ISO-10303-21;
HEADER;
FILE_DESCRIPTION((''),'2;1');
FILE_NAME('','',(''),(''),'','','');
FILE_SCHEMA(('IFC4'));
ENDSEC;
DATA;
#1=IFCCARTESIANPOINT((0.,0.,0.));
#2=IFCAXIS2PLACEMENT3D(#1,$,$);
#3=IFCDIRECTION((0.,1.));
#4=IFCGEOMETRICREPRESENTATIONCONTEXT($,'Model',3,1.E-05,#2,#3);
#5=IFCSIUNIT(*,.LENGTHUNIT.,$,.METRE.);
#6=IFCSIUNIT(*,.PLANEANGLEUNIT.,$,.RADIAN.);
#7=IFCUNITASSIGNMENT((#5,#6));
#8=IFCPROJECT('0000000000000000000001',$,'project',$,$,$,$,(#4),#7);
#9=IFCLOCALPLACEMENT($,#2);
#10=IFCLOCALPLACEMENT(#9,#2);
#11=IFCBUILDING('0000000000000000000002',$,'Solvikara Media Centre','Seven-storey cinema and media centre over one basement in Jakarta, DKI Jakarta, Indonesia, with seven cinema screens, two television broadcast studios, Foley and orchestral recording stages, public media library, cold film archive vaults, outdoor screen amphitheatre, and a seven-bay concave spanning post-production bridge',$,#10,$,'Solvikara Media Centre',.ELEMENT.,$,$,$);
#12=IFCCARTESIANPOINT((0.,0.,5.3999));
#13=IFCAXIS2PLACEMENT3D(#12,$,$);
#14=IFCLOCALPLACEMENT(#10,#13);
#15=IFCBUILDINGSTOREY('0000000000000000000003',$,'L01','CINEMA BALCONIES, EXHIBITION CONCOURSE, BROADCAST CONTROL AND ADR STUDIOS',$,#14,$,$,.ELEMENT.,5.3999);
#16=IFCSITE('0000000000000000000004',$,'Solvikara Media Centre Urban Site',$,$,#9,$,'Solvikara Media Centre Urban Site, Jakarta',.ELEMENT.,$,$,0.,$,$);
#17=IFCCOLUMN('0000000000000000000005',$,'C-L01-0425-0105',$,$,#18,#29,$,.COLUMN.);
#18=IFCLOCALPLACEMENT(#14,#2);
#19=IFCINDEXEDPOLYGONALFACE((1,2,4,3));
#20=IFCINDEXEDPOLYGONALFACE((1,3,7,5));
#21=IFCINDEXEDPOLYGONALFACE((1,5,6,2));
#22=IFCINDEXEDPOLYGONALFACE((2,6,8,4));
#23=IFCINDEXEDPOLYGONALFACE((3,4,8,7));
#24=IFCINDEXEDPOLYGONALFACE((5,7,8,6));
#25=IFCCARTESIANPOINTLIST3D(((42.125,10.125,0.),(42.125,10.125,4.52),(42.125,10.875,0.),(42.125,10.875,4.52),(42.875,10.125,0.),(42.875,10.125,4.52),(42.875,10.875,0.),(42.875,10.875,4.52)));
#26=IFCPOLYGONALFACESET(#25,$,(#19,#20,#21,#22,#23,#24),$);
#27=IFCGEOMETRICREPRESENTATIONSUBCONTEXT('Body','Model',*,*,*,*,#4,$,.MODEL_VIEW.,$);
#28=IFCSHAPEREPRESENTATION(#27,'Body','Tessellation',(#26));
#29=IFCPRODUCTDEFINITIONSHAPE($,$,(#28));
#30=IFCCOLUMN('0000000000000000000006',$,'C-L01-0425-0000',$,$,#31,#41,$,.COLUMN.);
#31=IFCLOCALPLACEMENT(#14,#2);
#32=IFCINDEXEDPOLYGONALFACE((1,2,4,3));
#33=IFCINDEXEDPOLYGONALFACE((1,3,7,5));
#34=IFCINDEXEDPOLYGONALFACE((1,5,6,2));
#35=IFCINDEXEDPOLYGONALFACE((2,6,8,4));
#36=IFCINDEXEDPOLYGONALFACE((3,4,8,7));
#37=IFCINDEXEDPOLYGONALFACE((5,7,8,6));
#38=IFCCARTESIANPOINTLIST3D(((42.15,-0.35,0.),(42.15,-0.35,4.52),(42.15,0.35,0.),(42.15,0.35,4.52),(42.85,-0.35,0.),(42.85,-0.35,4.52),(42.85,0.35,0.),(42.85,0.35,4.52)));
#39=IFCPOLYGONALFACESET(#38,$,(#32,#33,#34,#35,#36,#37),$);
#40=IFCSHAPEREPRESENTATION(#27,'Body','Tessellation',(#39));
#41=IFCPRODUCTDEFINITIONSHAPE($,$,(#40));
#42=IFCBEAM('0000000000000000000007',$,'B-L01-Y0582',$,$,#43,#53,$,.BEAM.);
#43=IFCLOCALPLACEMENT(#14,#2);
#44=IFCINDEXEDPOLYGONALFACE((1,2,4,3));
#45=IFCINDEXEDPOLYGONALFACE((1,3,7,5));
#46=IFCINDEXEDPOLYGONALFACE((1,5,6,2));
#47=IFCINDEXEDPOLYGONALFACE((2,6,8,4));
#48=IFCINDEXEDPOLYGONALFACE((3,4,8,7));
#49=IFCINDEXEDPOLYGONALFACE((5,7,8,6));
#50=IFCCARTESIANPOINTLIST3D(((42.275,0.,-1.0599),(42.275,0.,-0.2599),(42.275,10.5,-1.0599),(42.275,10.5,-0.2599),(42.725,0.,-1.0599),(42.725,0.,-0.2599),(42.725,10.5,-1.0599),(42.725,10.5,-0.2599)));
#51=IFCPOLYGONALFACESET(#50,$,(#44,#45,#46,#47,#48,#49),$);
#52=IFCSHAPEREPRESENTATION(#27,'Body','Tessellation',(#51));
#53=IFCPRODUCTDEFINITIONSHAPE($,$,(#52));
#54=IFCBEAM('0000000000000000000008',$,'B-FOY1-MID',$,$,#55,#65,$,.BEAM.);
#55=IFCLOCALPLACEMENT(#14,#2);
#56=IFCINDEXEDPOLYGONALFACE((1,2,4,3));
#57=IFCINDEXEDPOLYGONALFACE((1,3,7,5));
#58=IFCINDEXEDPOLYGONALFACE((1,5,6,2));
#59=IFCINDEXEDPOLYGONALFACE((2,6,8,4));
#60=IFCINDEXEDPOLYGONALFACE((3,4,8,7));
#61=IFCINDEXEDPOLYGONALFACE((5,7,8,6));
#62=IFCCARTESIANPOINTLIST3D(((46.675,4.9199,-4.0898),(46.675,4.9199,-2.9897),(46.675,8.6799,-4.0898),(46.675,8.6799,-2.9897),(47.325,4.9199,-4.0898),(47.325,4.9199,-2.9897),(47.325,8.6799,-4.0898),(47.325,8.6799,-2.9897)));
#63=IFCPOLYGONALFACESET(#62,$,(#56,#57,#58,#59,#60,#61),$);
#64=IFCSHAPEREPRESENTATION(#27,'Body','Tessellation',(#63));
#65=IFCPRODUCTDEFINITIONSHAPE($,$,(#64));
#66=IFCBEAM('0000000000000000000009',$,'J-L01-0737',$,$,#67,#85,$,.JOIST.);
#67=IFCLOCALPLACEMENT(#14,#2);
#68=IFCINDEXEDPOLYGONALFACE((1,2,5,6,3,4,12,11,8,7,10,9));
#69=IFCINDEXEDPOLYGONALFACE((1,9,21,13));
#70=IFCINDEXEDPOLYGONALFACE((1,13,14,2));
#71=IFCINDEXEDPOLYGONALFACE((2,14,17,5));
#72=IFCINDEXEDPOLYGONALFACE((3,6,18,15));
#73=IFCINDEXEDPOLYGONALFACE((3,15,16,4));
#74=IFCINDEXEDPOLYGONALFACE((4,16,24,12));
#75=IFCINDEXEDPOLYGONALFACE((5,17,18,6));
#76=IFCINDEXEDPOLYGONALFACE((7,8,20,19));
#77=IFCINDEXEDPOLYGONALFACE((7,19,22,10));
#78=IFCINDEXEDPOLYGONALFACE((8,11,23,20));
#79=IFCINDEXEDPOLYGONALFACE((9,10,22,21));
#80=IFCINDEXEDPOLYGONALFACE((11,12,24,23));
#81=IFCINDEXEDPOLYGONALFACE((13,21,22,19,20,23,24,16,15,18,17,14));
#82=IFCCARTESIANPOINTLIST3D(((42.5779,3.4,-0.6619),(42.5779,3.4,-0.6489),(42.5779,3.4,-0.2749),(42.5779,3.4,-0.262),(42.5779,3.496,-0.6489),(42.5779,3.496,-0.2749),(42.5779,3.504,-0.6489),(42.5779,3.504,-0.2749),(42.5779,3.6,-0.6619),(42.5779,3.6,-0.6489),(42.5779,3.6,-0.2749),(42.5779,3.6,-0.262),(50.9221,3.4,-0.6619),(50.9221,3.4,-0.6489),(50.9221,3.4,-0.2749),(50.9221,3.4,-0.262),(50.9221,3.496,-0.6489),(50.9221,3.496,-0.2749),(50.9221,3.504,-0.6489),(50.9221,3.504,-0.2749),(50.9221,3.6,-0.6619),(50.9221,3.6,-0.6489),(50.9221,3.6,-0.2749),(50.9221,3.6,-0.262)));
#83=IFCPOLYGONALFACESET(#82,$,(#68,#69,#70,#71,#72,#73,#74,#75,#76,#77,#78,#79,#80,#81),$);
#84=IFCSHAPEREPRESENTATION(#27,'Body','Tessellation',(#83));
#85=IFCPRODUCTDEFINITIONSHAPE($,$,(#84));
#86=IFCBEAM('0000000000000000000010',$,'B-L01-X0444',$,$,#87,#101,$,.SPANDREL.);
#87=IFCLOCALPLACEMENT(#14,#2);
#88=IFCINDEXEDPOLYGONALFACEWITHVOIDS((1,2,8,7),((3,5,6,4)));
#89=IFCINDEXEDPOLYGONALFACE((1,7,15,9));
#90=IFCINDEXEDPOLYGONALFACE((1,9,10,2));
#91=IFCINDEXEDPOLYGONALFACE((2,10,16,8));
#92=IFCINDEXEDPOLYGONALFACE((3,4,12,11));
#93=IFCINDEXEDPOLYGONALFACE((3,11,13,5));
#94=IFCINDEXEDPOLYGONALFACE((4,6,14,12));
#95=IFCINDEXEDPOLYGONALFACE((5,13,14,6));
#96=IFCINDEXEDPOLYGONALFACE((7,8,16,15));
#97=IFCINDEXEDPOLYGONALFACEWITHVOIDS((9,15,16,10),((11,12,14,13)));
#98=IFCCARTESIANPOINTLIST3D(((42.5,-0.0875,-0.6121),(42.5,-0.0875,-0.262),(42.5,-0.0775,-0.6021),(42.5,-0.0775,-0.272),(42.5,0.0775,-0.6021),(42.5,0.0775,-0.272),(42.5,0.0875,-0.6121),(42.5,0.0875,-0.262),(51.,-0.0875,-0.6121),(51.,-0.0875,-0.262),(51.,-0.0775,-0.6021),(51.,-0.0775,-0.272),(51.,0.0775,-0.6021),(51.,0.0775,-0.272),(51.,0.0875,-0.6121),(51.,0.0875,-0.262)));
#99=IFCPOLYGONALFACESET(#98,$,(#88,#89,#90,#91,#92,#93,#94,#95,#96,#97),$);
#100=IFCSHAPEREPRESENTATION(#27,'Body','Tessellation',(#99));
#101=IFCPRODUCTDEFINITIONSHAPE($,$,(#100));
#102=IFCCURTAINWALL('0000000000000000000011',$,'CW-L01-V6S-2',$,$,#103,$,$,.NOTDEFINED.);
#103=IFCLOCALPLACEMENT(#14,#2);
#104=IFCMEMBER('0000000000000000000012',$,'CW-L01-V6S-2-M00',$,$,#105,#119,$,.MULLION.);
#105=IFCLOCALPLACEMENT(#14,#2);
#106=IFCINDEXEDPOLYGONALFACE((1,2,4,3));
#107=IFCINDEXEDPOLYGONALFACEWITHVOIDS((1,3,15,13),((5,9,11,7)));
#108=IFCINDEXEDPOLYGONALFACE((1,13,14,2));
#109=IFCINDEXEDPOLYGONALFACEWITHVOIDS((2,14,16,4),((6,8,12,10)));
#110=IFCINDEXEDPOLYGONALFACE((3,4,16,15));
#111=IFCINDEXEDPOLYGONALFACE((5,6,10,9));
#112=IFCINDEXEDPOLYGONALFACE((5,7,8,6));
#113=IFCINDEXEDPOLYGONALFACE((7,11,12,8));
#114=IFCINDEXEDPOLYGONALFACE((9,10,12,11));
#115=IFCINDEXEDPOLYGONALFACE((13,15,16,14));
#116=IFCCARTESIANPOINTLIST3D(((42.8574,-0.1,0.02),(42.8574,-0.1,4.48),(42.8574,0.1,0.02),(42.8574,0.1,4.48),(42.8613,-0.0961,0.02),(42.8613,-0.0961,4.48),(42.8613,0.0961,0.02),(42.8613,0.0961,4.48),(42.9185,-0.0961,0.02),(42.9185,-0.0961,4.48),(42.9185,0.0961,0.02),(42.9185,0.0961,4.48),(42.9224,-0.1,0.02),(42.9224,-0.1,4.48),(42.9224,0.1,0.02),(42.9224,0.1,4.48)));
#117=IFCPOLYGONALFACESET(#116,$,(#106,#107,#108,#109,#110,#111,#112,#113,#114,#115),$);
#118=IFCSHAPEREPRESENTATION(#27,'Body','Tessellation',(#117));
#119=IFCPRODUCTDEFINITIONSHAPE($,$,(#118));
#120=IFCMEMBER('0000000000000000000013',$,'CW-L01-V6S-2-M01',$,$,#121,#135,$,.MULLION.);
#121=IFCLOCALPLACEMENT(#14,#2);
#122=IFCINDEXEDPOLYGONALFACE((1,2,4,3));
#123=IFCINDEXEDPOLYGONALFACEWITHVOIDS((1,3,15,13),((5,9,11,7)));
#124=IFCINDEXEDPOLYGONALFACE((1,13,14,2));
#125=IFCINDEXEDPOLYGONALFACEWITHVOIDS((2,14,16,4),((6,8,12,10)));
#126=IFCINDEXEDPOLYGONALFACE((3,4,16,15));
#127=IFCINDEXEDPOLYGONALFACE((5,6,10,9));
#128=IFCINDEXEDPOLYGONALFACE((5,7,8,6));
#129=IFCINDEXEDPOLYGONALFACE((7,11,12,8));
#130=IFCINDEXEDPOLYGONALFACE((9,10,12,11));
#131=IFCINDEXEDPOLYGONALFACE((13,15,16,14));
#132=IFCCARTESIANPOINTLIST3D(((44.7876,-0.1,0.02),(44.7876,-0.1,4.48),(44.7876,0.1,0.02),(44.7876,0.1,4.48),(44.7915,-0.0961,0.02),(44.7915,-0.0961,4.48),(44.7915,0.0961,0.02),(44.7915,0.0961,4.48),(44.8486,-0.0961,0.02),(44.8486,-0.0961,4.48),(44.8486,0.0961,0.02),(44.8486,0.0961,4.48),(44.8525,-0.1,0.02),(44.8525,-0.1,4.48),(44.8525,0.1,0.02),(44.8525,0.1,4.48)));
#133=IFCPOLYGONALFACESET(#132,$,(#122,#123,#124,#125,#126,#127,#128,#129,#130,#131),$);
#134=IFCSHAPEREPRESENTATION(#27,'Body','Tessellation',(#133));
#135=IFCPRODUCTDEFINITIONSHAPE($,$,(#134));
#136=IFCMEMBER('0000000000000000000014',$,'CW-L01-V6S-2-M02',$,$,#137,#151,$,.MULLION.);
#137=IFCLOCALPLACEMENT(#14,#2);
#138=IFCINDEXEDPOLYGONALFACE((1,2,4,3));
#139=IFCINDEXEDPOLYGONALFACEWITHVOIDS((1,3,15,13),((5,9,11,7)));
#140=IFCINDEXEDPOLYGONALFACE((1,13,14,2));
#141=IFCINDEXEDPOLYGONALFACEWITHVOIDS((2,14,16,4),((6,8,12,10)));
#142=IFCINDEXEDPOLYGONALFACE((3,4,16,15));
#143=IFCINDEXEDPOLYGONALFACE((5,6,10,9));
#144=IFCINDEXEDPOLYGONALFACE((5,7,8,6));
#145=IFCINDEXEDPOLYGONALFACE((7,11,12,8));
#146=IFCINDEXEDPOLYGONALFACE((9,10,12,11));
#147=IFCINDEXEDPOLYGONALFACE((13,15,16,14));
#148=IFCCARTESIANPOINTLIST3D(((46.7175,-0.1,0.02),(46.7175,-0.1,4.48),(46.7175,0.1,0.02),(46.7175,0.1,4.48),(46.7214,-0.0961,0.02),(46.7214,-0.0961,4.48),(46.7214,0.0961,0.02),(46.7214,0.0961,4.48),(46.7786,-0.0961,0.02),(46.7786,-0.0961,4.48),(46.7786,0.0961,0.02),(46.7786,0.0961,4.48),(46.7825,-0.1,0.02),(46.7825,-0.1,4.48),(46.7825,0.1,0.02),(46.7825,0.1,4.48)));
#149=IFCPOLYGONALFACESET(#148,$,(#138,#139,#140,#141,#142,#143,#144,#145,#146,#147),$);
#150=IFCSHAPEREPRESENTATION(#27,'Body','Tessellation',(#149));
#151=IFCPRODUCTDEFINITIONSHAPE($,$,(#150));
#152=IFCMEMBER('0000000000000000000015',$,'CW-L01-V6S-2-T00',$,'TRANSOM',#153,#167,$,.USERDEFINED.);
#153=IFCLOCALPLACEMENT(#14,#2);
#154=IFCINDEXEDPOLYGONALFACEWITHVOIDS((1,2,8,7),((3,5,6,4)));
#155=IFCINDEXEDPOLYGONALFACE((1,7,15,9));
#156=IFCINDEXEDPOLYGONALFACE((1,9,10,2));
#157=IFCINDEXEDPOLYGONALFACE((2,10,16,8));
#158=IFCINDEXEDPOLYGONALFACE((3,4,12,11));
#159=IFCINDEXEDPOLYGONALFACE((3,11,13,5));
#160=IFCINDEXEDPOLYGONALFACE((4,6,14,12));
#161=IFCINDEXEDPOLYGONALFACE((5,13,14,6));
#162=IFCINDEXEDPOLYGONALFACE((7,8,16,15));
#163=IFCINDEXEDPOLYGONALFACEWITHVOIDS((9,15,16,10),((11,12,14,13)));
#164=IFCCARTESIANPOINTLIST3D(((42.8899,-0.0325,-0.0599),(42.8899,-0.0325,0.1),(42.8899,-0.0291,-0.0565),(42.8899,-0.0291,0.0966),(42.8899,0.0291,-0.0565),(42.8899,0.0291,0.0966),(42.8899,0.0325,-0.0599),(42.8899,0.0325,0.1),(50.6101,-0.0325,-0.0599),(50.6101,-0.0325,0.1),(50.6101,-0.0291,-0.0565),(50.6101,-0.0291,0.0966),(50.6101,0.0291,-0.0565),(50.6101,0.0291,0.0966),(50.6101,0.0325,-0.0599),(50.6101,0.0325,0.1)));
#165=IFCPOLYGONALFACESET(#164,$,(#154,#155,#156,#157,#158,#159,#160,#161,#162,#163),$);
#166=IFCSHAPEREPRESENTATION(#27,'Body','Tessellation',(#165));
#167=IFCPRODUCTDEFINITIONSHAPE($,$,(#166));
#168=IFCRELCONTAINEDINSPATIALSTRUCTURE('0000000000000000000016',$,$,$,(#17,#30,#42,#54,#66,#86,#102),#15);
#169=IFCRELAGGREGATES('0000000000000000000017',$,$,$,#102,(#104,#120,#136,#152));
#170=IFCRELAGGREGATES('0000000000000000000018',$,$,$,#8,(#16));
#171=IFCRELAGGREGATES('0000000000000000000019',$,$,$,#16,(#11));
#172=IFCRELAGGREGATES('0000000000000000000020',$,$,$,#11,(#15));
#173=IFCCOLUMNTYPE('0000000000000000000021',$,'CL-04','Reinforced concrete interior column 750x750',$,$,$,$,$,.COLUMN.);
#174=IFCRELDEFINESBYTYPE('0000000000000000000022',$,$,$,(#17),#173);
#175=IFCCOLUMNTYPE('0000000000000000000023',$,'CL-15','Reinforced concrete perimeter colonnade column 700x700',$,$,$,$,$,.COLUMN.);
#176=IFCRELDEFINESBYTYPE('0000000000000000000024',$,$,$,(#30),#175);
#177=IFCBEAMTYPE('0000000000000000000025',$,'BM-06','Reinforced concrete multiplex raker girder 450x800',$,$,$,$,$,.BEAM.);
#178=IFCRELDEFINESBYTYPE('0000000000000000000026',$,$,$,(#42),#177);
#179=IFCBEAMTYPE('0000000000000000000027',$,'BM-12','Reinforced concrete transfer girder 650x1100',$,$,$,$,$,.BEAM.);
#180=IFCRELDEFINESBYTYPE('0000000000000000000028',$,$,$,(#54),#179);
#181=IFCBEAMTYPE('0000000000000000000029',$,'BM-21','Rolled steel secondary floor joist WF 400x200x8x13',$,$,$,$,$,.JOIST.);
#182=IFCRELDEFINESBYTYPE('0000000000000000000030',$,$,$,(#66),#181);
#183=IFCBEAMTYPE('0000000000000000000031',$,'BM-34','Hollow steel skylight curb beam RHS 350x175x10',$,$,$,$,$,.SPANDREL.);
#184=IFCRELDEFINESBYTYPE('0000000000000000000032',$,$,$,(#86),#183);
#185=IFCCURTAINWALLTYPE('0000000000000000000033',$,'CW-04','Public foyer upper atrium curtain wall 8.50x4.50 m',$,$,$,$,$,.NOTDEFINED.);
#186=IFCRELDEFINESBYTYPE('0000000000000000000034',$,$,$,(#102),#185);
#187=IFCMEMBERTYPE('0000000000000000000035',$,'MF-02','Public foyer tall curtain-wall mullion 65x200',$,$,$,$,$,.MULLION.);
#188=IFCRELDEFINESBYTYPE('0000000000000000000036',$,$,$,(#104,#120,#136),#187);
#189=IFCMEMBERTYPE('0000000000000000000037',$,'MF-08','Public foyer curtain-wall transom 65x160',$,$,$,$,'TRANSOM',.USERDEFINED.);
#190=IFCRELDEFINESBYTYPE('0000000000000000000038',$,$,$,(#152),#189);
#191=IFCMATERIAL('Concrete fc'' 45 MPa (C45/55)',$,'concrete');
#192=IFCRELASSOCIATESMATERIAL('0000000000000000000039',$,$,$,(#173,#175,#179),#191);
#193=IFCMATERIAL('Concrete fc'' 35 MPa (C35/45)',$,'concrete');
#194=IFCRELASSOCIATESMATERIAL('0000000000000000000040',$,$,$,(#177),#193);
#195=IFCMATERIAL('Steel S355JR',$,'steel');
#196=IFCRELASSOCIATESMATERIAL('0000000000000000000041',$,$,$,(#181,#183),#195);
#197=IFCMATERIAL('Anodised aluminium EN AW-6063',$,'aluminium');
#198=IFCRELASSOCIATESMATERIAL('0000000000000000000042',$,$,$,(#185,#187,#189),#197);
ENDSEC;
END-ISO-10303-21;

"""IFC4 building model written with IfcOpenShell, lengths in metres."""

from ifc_helpers import new_model, si_unit, direction, frame, origin, origin_2d, place, context, subcontext, project, spatial, rectangle, hollow_rectangle, i_section, extrude, material, material_profile, profile_set, type_object, element, aggregate, save


model = new_model("IFC4")

# Units and contexts
model_context = context("Model", 3, precision=1e-05, world=origin(), true_north=direction((0.0, 1.0)))
body_context = subcontext(model_context, "Body", "Model", "MODEL_VIEW")
ifc_project = project(units=[si_unit("LENGTHUNIT", "METRE"), si_unit("PLANEANGLEUNIT", "RADIAN")], contexts=[model_context])

# Site, building, storey
site_placement = place(None, origin())
site = spatial("IfcSite", under=ifc_project, at=site_placement, Name="Solvikara Media Centre Urban Site", LongName="Solvikara Media Centre Urban Site, Jakarta", CompositionType="ELEMENT", RefElevation=0.0)
building_placement = place(site_placement, origin())
building = spatial("IfcBuilding", under=site, at=building_placement, Name="Solvikara Media Centre", Description="Seven-storey cinema and media centre over one basement in Jakarta, DKI Jakarta, Indonesia, with seven cinema screens, two television broadcast studios, Foley and orchestral recording stages, public media library, cold film archive vaults, outdoor screen amphitheatre, and a seven-bay concave spanning post-production bridge", LongName="Solvikara Media Centre", CompositionType="ELEMENT")
storey_placement = place(building_placement, frame((0.0, 0.0, 5.3999)))
storey = spatial("IfcBuildingStorey", under=building, at=storey_placement, Name="L01", Description="CINEMA BALCONIES, EXHIBITION CONCOURSE, BROADCAST CONTROL AND ADR STUDIOS", CompositionType="ELEMENT", Elevation=5.3999)

# Columns
ifc_material_1 = material(Name="Concrete fc' 45 MPa (C45/55)", Category="concrete")
ifc_material_profile_1 = material_profile(ifc_material_1, rectangle(XDim=0.75, YDim=0.75, at=origin_2d()), Name="RC 750x750")
ifc_profile_set_1 = profile_set([ifc_material_profile_1], Name="Concrete fc' 45 MPa (C45/55)")
column_type_1 = type_object("IfcColumnType", Name="CL-04", Description="Reinforced concrete interior column 750x750", PredefinedType="COLUMN", material=ifc_profile_set_1)
column_1_placement = place(storey_placement, frame((42.5, 10.5, 0.0), z_axis=(0.0, 0.0, 1.0), x_axis=(1.0, 0.0, 0.0)))
element("IfcColumn", 1, at=column_1_placement, inside=storey, type_object=column_type_1, Name="C-L01-0425-0105", PredefinedType="COLUMN", context=body_context, shape_type="SweptSolid", body=[
    extrude(rectangle(XDim=0.75, YDim=0.75, at=origin_2d()), origin(), (0.0, 0.0, 1.0), 4.52),
])
ifc_material_profile_2 = material_profile(ifc_material_1, rectangle(XDim=0.7, YDim=0.7, at=origin_2d()), Name="RC 700x700")
ifc_profile_set_2 = profile_set([ifc_material_profile_2], Name="Concrete fc' 45 MPa (C45/55)")
column_type_2 = type_object("IfcColumnType", Name="CL-15", Description="Reinforced concrete perimeter colonnade column 700x700", PredefinedType="COLUMN", material=ifc_profile_set_2)
column_2_placement = place(storey_placement, frame((42.5, 0.0, 0.0), z_axis=(0.0, 0.0, 1.0), x_axis=(1.0, 0.0, 0.0)))
element("IfcColumn", 2, at=column_2_placement, inside=storey, type_object=column_type_2, Name="C-L01-0425-0000", PredefinedType="COLUMN", context=body_context, shape_type="SweptSolid", body=[
    extrude(rectangle(XDim=0.7, YDim=0.7, at=origin_2d()), origin(), (0.0, 0.0, 1.0), 4.52),
])

# Beams
ifc_material_2 = material(Name="Concrete fc' 35 MPa (C35/45)", Category="concrete")
ifc_material_profile_3 = material_profile(ifc_material_2, rectangle(XDim=0.45, YDim=0.8, at=origin_2d()), Name="RC 450x800")
ifc_profile_set_3 = profile_set([ifc_material_profile_3], Name="Concrete fc' 35 MPa (C35/45)")
beam_type_1 = type_object("IfcBeamType", Name="BM-06", Description="Reinforced concrete multiplex raker girder 450x800", PredefinedType="BEAM", material=ifc_profile_set_3)
beam_1_placement = place(storey_placement, frame((42.5, 0.0, -0.6599), z_axis=(0.0, 1.0, 0.0), x_axis=(-1.0, 0.0, 0.0)))
element("IfcBeam", 3, at=beam_1_placement, inside=storey, type_object=beam_type_1, Name="B-L01-Y0582", PredefinedType="BEAM", context=body_context, shape_type="SweptSolid", body=[
    extrude(rectangle(XDim=0.45, YDim=0.8, at=origin_2d()), origin(), (0.0, 0.0, 1.0), 10.5),
])
ifc_material_profile_4 = material_profile(ifc_material_1, rectangle(XDim=0.6499, YDim=1.1001, at=origin_2d()), Name="RC 650x1100")
ifc_profile_set_4 = profile_set([ifc_material_profile_4], Name="Concrete fc' 45 MPa (C45/55)")
beam_type_2 = type_object("IfcBeamType", Name="BM-12", Description="Reinforced concrete transfer girder 650x1100", PredefinedType="BEAM", material=ifc_profile_set_4)
beam_2_placement = place(storey_placement, frame((47.0, 4.9199, -3.5398), z_axis=(0.0, 1.0, 0.0), x_axis=(-1.0, 0.0, 0.0)))
element("IfcBeam", 4, at=beam_2_placement, inside=storey, type_object=beam_type_2, Name="B-FOY1-MID", PredefinedType="BEAM", context=body_context, shape_type="SweptSolid", body=[
    extrude(rectangle(XDim=0.6499, YDim=1.1001, at=origin_2d()), origin(), (0.0, 0.0, 1.0), 3.76),
])
ifc_material_3 = material(Name="Steel S355JR", Category="steel")
ifc_material_profile_5 = material_profile(ifc_material_3, i_section(OverallWidth=0.2, OverallDepth=0.3999, WebThickness=0.0081, FlangeThickness=0.0129, at=origin_2d()), Name="WF 400x200x8x13")
ifc_profile_set_5 = profile_set([ifc_material_profile_5], Name="Steel S355JR")
beam_type_3 = type_object("IfcBeamType", Name="BM-21", Description="Rolled steel secondary floor joist WF 400x200x8x13", PredefinedType="JOIST", material=ifc_profile_set_5)
beam_3_placement = place(storey_placement, frame((42.5779, 3.5, -0.4619), z_axis=(1.0, 0.0, 0.0), x_axis=(0.0, 1.0, 0.0)))
element("IfcBeam", 5, at=beam_3_placement, inside=storey, type_object=beam_type_3, Name="J-L01-0737", PredefinedType="JOIST", context=body_context, shape_type="SweptSolid", body=[
    extrude(i_section(OverallWidth=0.2, OverallDepth=0.3999, WebThickness=0.0081, FlangeThickness=0.0129, at=origin_2d()), origin(), (0.0, 0.0, 1.0), 8.3442),
])
ifc_material_profile_6 = material_profile(ifc_material_3, hollow_rectangle(XDim=0.175, YDim=0.3501, WallThickness=0.01, at=origin_2d()), Name="RHS 350x175x10")
ifc_profile_set_6 = profile_set([ifc_material_profile_6], Name="Steel S355JR")
beam_type_4 = type_object("IfcBeamType", Name="BM-34", Description="Hollow steel skylight curb beam RHS 350x175x10", PredefinedType="SPANDREL", material=ifc_profile_set_6)
beam_4_placement = place(storey_placement, frame((42.5, 0.0, -0.437), z_axis=(1.0, 0.0, 0.0), x_axis=(0.0, 1.0, 0.0)))
element("IfcBeam", 6, at=beam_4_placement, inside=storey, type_object=beam_type_4, Name="B-L01-X0444", PredefinedType="SPANDREL", context=body_context, shape_type="SweptSolid", body=[
    extrude(hollow_rectangle(XDim=0.175, YDim=0.3501, WallThickness=0.01, at=origin_2d()), origin(), (0.0, 0.0, 1.0), 8.5),
])

# Curtain wall, members
ifc_material_4 = material(Name="Anodised aluminium EN AW-6063", Category="aluminium")
curtain_wall_type = type_object("IfcCurtainWallType", Name="CW-04", Description="Public foyer upper atrium curtain wall 8.50x4.50 m", PredefinedType="NOTDEFINED", material=ifc_material_4)
curtain_wall_placement = place(storey_placement, origin())
curtain_wall = element("IfcCurtainWall", 7, at=curtain_wall_placement, inside=storey, type_object=curtain_wall_type, Name="CW-L01-V6S-2", PredefinedType="NOTDEFINED")
ifc_material_profile_7 = material_profile(ifc_material_4, hollow_rectangle(XDim=0.0649, YDim=0.2, WallThickness=0.0039, at=origin_2d()), Name="ALU-M 65x200x4")
ifc_profile_set_7 = profile_set([ifc_material_profile_7], Name="Anodised aluminium EN AW-6063")
member_type_1 = type_object("IfcMemberType", Name="MF-02", Description="Public foyer tall curtain-wall mullion 65x200", PredefinedType="MULLION", material=ifc_profile_set_7)
member_1_placement = place(storey_placement, frame((42.8899, 0.0, 0.02), z_axis=(0.0, 0.0, 1.0), x_axis=(1.0, 0.0, 0.0)))
member_1 = element("IfcMember", 8, at=member_1_placement, type_object=member_type_1, Name="CW-L01-V6S-2-M00", PredefinedType="MULLION", context=body_context, shape_type="SweptSolid", body=[
    extrude(hollow_rectangle(XDim=0.0649, YDim=0.2, WallThickness=0.0039, at=origin_2d()), origin(), (0.0, 0.0, 1.0), 4.46),
])
member_2_placement = place(storey_placement, frame((44.8201, 0.0, 0.02), z_axis=(0.0, 0.0, 1.0), x_axis=(1.0, 0.0, 0.0)))
member_2 = element("IfcMember", 9, at=member_2_placement, type_object=member_type_1, Name="CW-L01-V6S-2-M01", PredefinedType="MULLION", context=body_context, shape_type="SweptSolid", body=[
    extrude(hollow_rectangle(XDim=0.0649, YDim=0.2, WallThickness=0.0039, at=origin_2d()), origin(), (0.0, 0.0, 1.0), 4.46),
])
member_3_placement = place(storey_placement, frame((46.75, 0.0, 0.02), z_axis=(0.0, 0.0, 1.0), x_axis=(1.0, 0.0, 0.0)))
member_3 = element("IfcMember", 10, at=member_3_placement, type_object=member_type_1, Name="CW-L01-V6S-2-M02", PredefinedType="MULLION", context=body_context, shape_type="SweptSolid", body=[
    extrude(hollow_rectangle(XDim=0.0649, YDim=0.2, WallThickness=0.0039, at=origin_2d()), origin(), (0.0, 0.0, 1.0), 4.46),
])
ifc_material_profile_8 = material_profile(ifc_material_4, hollow_rectangle(XDim=0.0649, YDim=0.1599, WallThickness=0.0034, at=origin_2d()), Name="ALU-T 65x160x3.5")
ifc_profile_set_8 = profile_set([ifc_material_profile_8], Name="Anodised aluminium EN AW-6063")
member_type_2 = type_object("IfcMemberType", Name="MF-08", Description="Public foyer curtain-wall transom 65x160", ElementType="TRANSOM", PredefinedType="USERDEFINED", material=ifc_profile_set_8)
member_4_placement = place(storey_placement, frame((42.8899, 0.0, 0.02), z_axis=(1.0, 0.0, 0.0), x_axis=(0.0, 1.0, 0.0)))
member_4 = element("IfcMember", 11, at=member_4_placement, type_object=member_type_2, Name="CW-L01-V6S-2-T00", ObjectType="TRANSOM", PredefinedType="USERDEFINED", context=body_context, shape_type="SweptSolid", body=[
    extrude(hollow_rectangle(XDim=0.0649, YDim=0.1599, WallThickness=0.0034, at=origin_2d()), origin(), (0.0, 0.0, 1.0), 7.7202),
])
aggregate(curtain_wall, [member_1, member_2, member_3, member_4])

save(model, "model.ifc")
